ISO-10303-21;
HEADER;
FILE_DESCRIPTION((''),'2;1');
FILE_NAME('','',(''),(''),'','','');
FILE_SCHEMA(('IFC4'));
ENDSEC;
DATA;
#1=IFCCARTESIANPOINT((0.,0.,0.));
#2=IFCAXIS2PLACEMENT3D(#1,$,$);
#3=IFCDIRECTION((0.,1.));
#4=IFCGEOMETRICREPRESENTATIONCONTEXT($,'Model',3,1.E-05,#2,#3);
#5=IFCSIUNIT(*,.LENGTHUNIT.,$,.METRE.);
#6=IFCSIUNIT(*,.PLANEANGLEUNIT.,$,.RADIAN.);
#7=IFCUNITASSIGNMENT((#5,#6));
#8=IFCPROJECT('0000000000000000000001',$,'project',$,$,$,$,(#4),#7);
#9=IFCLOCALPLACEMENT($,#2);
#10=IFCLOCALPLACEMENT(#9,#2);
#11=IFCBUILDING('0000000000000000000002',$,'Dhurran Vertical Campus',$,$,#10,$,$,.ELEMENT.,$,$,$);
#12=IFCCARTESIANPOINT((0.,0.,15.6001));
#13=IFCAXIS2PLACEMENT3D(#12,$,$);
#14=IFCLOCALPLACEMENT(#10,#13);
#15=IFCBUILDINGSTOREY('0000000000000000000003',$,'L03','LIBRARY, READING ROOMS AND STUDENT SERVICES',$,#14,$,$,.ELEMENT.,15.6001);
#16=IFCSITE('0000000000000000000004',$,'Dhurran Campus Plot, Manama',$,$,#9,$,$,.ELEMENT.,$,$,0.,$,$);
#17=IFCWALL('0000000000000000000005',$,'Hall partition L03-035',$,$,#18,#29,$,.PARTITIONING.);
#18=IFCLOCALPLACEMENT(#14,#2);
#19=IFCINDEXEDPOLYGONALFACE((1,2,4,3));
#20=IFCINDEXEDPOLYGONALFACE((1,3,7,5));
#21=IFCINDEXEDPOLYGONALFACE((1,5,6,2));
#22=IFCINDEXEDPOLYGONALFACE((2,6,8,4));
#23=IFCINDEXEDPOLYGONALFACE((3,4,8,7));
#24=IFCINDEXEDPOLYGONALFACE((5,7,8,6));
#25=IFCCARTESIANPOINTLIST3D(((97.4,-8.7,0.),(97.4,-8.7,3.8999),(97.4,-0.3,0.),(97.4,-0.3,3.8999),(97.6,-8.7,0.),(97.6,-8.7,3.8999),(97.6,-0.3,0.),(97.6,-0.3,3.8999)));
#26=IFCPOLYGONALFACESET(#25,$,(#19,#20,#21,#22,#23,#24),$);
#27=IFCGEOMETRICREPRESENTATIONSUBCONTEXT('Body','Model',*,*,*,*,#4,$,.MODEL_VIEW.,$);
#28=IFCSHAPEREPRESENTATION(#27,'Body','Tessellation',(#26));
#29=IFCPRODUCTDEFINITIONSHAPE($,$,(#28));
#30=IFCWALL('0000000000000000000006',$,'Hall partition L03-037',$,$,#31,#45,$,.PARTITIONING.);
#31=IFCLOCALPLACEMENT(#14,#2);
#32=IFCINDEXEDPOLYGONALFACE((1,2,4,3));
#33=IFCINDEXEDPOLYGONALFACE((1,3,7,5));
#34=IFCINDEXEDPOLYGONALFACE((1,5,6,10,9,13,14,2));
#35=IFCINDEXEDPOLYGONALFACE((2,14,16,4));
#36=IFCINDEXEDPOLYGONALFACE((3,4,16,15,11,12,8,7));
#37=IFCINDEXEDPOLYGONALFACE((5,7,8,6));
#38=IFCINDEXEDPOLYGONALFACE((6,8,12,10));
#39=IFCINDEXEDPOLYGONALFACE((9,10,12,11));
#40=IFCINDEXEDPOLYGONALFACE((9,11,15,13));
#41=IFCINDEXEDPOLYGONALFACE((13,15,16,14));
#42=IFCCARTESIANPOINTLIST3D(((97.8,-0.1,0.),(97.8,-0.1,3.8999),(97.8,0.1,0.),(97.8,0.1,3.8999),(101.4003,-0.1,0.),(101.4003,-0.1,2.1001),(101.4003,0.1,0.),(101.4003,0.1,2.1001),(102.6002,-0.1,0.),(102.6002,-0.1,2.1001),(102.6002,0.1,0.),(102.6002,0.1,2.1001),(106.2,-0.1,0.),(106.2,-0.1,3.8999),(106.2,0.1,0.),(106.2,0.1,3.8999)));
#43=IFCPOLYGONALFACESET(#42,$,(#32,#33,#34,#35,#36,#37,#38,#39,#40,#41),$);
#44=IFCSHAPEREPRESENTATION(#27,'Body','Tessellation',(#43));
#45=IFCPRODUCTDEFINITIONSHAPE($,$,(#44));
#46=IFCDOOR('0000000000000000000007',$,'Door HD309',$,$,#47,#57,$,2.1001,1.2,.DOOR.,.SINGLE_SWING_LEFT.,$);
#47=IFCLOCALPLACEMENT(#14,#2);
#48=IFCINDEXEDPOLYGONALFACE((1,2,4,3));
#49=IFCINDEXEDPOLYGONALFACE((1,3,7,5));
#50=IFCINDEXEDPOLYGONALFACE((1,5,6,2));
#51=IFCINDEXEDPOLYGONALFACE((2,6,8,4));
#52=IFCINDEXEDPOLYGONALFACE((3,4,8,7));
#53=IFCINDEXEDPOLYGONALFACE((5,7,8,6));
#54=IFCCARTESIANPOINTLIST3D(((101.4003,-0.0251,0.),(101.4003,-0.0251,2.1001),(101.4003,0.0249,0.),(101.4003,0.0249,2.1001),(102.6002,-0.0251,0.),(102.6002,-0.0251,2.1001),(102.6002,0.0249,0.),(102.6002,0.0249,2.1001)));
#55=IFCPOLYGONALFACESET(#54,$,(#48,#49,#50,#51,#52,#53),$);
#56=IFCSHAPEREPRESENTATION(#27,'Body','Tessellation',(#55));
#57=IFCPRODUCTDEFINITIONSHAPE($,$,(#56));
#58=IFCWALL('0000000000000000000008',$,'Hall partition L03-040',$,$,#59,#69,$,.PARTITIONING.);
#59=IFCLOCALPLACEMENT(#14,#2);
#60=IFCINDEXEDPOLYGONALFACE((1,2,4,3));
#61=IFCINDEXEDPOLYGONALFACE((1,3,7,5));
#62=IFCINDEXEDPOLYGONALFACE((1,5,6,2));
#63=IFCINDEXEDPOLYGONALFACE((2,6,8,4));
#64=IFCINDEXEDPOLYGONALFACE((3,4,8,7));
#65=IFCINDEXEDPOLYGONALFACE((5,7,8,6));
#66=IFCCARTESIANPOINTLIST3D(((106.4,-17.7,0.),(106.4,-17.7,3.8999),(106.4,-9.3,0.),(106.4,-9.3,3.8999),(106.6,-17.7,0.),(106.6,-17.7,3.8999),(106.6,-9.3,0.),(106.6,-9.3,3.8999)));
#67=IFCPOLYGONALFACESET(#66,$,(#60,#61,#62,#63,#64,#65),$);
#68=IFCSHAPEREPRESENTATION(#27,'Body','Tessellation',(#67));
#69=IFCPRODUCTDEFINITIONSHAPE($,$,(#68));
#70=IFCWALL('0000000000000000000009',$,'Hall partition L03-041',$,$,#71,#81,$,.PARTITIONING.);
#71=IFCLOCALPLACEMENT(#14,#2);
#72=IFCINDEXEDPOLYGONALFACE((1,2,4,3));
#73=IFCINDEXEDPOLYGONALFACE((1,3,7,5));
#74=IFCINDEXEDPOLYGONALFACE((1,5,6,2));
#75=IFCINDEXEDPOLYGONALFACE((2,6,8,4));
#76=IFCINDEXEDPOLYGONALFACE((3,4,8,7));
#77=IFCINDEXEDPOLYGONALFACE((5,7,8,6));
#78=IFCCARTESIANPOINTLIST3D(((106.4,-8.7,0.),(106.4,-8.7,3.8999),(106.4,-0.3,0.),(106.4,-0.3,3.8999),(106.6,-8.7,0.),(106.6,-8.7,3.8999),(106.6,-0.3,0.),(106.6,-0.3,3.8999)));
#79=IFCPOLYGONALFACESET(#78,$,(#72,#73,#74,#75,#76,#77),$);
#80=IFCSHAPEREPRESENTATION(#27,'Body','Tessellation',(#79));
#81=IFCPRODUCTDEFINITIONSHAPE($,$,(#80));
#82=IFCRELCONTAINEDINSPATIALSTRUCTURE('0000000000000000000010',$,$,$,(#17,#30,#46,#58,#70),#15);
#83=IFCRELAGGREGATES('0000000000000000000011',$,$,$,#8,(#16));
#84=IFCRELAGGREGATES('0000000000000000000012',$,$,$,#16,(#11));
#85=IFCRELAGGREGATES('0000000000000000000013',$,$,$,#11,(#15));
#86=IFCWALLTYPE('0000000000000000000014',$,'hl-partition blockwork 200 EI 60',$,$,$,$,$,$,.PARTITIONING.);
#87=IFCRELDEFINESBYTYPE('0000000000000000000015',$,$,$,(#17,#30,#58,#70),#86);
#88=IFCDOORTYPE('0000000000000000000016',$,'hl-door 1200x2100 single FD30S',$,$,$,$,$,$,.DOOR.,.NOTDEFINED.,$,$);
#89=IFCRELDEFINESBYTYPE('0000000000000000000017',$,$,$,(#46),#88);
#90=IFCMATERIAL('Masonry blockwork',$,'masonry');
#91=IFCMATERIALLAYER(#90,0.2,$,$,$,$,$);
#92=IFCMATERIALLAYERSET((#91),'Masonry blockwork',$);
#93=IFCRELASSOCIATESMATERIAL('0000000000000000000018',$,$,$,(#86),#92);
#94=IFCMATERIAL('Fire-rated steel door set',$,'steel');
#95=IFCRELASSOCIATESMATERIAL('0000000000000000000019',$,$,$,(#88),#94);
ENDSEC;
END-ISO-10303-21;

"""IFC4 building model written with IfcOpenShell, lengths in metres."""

from ifc_helpers import new_model, si_unit, direction, frame, frame_2d, origin, place, context, subcontext, project, spatial, rectangle, extrude, material, layer, layer_set, type_object, element, fill, save


model = new_model("IFC4")

# Units and contexts
model_context = context("Model", 3, precision=1e-05, world=origin(), true_north=direction((0.0, 1.0)))
body_context = subcontext(model_context, "Body", "Model", "MODEL_VIEW")
ifc_project = project(units=[si_unit("LENGTHUNIT", "METRE"), si_unit("PLANEANGLEUNIT", "RADIAN")], contexts=[model_context])

# Site, building, storey
site_placement = place(None, origin())
site = spatial("IfcSite", under=ifc_project, at=site_placement, Name="Dhurran Campus Plot, Manama", CompositionType="ELEMENT", RefElevation=0.0)
building_placement = place(site_placement, origin())
building = spatial("IfcBuilding", under=site, at=building_placement, Name="Dhurran Vertical Campus", CompositionType="ELEMENT")
storey_placement = place(building_placement, frame((0.0, 0.0, 15.6001)))
storey = spatial("IfcBuildingStorey", under=building, at=storey_placement, Name="L03", Description="LIBRARY, READING ROOMS AND STUDENT SERVICES", CompositionType="ELEMENT", Elevation=15.6001)

# Wall
ifc_material_1 = material(Name="Masonry blockwork", Category="masonry")
ifc_layer = layer(ifc_material_1, 0.2)
ifc_layer_set = layer_set([ifc_layer], Name="Masonry blockwork")
wall_type = type_object("IfcWallType", Name="hl-partition blockwork 200 EI 60", PredefinedType="PARTITIONING", material=ifc_layer_set)
for number, where, z_axis, x_axis, name in (
    (1, (97.5, -8.7, 0.0), (0.0, 0.0, 1.0), (0.0, 1.0, 0.0), "Hall partition L03-035"),
):
    element("IfcWall", number, at=place(storey_placement, frame(where, z_axis=z_axis, x_axis=x_axis)), inside=storey, type_object=wall_type, Name=name, PredefinedType="PARTITIONING", context=body_context, shape_type="SweptSolid", body=[
        extrude(rectangle(XDim=8.3999, YDim=0.2, at=frame_2d((4.2, 0.0))), origin(), (0.0, 0.0, 1.0), 3.8999),
    ])

# Wall, opening, door
wall_placement = place(storey_placement, frame((97.8, 0.0, 0.0), z_axis=(0.0, 0.0, 1.0), x_axis=(1.0, 0.0, 0.0)))
wall = element("IfcWall", 2, at=wall_placement, inside=storey, type_object=wall_type, Name="Hall partition L03-037", PredefinedType="PARTITIONING", context=body_context, shape_type="SweptSolid", body=[
    extrude(rectangle(XDim=8.3999, YDim=0.2, at=frame_2d((4.2, 0.0))), origin(), (0.0, 0.0, 1.0), 3.8999),
])
opening_placement = place(wall_placement, frame((3.6001, 0.0, 0.0)))
opening = element("IfcOpeningElement", 3, at=opening_placement, cuts=wall, PredefinedType="OPENING", context=body_context, shape_type="SweptSolid", body=[
    extrude(rectangle(XDim=1.2, YDim=2.1001, at=frame_2d((0.6001, 1.05))), frame((0.0, 0.1099, 0.0), z_axis=(0.0, -1.0, 0.0), x_axis=(1.0, 0.0, 0.0)), (0.0, 0.0, 1.0), 0.22),
])
ifc_material_2 = material(Name="Fire-rated steel door set", Category="steel")
door_type = type_object("IfcDoorType", Name="hl-door 1200x2100 single FD30S", OperationType="NOTDEFINED", PredefinedType="DOOR", material=ifc_material_2)
door_placement = place(opening_placement, origin())
door = element("IfcDoor", 4, at=door_placement, inside=storey, type_object=door_type, Name="Door HD309", OperationType="SINGLE_SWING_LEFT", OverallHeight=2.1001, OverallWidth=1.2, PredefinedType="DOOR", context=body_context, shape_type="SweptSolid", body=[
    extrude(rectangle(XDim=1.2, YDim=2.1001, at=frame_2d((0.6001, 1.05))), frame((0.0, 0.0249, 0.0), z_axis=(0.0, -1.0, 0.0), x_axis=(1.0, 0.0, 0.0)), (0.0, 0.0, 1.0), 0.05),
])
fill(opening, door)

# Walls
for number, where, z_axis, x_axis, name in (
    (5, (106.5, -17.7, 0.0), (0.0, 0.0, 1.0), (0.0, 1.0, 0.0), "Hall partition L03-040"),
    (6, (106.5, -8.7, 0.0), (0.0, 0.0, 1.0), (0.0, 1.0, 0.0), "Hall partition L03-041"),
):
    element("IfcWall", number, at=place(storey_placement, frame(where, z_axis=z_axis, x_axis=x_axis)), inside=storey, type_object=wall_type, Name=name, PredefinedType="PARTITIONING", context=body_context, shape_type="SweptSolid", body=[
        extrude(rectangle(XDim=8.3999, YDim=0.2, at=frame_2d((4.2, 0.0))), origin(), (0.0, 0.0, 1.0), 3.8999),
    ])

save(model, "model.ifc")
